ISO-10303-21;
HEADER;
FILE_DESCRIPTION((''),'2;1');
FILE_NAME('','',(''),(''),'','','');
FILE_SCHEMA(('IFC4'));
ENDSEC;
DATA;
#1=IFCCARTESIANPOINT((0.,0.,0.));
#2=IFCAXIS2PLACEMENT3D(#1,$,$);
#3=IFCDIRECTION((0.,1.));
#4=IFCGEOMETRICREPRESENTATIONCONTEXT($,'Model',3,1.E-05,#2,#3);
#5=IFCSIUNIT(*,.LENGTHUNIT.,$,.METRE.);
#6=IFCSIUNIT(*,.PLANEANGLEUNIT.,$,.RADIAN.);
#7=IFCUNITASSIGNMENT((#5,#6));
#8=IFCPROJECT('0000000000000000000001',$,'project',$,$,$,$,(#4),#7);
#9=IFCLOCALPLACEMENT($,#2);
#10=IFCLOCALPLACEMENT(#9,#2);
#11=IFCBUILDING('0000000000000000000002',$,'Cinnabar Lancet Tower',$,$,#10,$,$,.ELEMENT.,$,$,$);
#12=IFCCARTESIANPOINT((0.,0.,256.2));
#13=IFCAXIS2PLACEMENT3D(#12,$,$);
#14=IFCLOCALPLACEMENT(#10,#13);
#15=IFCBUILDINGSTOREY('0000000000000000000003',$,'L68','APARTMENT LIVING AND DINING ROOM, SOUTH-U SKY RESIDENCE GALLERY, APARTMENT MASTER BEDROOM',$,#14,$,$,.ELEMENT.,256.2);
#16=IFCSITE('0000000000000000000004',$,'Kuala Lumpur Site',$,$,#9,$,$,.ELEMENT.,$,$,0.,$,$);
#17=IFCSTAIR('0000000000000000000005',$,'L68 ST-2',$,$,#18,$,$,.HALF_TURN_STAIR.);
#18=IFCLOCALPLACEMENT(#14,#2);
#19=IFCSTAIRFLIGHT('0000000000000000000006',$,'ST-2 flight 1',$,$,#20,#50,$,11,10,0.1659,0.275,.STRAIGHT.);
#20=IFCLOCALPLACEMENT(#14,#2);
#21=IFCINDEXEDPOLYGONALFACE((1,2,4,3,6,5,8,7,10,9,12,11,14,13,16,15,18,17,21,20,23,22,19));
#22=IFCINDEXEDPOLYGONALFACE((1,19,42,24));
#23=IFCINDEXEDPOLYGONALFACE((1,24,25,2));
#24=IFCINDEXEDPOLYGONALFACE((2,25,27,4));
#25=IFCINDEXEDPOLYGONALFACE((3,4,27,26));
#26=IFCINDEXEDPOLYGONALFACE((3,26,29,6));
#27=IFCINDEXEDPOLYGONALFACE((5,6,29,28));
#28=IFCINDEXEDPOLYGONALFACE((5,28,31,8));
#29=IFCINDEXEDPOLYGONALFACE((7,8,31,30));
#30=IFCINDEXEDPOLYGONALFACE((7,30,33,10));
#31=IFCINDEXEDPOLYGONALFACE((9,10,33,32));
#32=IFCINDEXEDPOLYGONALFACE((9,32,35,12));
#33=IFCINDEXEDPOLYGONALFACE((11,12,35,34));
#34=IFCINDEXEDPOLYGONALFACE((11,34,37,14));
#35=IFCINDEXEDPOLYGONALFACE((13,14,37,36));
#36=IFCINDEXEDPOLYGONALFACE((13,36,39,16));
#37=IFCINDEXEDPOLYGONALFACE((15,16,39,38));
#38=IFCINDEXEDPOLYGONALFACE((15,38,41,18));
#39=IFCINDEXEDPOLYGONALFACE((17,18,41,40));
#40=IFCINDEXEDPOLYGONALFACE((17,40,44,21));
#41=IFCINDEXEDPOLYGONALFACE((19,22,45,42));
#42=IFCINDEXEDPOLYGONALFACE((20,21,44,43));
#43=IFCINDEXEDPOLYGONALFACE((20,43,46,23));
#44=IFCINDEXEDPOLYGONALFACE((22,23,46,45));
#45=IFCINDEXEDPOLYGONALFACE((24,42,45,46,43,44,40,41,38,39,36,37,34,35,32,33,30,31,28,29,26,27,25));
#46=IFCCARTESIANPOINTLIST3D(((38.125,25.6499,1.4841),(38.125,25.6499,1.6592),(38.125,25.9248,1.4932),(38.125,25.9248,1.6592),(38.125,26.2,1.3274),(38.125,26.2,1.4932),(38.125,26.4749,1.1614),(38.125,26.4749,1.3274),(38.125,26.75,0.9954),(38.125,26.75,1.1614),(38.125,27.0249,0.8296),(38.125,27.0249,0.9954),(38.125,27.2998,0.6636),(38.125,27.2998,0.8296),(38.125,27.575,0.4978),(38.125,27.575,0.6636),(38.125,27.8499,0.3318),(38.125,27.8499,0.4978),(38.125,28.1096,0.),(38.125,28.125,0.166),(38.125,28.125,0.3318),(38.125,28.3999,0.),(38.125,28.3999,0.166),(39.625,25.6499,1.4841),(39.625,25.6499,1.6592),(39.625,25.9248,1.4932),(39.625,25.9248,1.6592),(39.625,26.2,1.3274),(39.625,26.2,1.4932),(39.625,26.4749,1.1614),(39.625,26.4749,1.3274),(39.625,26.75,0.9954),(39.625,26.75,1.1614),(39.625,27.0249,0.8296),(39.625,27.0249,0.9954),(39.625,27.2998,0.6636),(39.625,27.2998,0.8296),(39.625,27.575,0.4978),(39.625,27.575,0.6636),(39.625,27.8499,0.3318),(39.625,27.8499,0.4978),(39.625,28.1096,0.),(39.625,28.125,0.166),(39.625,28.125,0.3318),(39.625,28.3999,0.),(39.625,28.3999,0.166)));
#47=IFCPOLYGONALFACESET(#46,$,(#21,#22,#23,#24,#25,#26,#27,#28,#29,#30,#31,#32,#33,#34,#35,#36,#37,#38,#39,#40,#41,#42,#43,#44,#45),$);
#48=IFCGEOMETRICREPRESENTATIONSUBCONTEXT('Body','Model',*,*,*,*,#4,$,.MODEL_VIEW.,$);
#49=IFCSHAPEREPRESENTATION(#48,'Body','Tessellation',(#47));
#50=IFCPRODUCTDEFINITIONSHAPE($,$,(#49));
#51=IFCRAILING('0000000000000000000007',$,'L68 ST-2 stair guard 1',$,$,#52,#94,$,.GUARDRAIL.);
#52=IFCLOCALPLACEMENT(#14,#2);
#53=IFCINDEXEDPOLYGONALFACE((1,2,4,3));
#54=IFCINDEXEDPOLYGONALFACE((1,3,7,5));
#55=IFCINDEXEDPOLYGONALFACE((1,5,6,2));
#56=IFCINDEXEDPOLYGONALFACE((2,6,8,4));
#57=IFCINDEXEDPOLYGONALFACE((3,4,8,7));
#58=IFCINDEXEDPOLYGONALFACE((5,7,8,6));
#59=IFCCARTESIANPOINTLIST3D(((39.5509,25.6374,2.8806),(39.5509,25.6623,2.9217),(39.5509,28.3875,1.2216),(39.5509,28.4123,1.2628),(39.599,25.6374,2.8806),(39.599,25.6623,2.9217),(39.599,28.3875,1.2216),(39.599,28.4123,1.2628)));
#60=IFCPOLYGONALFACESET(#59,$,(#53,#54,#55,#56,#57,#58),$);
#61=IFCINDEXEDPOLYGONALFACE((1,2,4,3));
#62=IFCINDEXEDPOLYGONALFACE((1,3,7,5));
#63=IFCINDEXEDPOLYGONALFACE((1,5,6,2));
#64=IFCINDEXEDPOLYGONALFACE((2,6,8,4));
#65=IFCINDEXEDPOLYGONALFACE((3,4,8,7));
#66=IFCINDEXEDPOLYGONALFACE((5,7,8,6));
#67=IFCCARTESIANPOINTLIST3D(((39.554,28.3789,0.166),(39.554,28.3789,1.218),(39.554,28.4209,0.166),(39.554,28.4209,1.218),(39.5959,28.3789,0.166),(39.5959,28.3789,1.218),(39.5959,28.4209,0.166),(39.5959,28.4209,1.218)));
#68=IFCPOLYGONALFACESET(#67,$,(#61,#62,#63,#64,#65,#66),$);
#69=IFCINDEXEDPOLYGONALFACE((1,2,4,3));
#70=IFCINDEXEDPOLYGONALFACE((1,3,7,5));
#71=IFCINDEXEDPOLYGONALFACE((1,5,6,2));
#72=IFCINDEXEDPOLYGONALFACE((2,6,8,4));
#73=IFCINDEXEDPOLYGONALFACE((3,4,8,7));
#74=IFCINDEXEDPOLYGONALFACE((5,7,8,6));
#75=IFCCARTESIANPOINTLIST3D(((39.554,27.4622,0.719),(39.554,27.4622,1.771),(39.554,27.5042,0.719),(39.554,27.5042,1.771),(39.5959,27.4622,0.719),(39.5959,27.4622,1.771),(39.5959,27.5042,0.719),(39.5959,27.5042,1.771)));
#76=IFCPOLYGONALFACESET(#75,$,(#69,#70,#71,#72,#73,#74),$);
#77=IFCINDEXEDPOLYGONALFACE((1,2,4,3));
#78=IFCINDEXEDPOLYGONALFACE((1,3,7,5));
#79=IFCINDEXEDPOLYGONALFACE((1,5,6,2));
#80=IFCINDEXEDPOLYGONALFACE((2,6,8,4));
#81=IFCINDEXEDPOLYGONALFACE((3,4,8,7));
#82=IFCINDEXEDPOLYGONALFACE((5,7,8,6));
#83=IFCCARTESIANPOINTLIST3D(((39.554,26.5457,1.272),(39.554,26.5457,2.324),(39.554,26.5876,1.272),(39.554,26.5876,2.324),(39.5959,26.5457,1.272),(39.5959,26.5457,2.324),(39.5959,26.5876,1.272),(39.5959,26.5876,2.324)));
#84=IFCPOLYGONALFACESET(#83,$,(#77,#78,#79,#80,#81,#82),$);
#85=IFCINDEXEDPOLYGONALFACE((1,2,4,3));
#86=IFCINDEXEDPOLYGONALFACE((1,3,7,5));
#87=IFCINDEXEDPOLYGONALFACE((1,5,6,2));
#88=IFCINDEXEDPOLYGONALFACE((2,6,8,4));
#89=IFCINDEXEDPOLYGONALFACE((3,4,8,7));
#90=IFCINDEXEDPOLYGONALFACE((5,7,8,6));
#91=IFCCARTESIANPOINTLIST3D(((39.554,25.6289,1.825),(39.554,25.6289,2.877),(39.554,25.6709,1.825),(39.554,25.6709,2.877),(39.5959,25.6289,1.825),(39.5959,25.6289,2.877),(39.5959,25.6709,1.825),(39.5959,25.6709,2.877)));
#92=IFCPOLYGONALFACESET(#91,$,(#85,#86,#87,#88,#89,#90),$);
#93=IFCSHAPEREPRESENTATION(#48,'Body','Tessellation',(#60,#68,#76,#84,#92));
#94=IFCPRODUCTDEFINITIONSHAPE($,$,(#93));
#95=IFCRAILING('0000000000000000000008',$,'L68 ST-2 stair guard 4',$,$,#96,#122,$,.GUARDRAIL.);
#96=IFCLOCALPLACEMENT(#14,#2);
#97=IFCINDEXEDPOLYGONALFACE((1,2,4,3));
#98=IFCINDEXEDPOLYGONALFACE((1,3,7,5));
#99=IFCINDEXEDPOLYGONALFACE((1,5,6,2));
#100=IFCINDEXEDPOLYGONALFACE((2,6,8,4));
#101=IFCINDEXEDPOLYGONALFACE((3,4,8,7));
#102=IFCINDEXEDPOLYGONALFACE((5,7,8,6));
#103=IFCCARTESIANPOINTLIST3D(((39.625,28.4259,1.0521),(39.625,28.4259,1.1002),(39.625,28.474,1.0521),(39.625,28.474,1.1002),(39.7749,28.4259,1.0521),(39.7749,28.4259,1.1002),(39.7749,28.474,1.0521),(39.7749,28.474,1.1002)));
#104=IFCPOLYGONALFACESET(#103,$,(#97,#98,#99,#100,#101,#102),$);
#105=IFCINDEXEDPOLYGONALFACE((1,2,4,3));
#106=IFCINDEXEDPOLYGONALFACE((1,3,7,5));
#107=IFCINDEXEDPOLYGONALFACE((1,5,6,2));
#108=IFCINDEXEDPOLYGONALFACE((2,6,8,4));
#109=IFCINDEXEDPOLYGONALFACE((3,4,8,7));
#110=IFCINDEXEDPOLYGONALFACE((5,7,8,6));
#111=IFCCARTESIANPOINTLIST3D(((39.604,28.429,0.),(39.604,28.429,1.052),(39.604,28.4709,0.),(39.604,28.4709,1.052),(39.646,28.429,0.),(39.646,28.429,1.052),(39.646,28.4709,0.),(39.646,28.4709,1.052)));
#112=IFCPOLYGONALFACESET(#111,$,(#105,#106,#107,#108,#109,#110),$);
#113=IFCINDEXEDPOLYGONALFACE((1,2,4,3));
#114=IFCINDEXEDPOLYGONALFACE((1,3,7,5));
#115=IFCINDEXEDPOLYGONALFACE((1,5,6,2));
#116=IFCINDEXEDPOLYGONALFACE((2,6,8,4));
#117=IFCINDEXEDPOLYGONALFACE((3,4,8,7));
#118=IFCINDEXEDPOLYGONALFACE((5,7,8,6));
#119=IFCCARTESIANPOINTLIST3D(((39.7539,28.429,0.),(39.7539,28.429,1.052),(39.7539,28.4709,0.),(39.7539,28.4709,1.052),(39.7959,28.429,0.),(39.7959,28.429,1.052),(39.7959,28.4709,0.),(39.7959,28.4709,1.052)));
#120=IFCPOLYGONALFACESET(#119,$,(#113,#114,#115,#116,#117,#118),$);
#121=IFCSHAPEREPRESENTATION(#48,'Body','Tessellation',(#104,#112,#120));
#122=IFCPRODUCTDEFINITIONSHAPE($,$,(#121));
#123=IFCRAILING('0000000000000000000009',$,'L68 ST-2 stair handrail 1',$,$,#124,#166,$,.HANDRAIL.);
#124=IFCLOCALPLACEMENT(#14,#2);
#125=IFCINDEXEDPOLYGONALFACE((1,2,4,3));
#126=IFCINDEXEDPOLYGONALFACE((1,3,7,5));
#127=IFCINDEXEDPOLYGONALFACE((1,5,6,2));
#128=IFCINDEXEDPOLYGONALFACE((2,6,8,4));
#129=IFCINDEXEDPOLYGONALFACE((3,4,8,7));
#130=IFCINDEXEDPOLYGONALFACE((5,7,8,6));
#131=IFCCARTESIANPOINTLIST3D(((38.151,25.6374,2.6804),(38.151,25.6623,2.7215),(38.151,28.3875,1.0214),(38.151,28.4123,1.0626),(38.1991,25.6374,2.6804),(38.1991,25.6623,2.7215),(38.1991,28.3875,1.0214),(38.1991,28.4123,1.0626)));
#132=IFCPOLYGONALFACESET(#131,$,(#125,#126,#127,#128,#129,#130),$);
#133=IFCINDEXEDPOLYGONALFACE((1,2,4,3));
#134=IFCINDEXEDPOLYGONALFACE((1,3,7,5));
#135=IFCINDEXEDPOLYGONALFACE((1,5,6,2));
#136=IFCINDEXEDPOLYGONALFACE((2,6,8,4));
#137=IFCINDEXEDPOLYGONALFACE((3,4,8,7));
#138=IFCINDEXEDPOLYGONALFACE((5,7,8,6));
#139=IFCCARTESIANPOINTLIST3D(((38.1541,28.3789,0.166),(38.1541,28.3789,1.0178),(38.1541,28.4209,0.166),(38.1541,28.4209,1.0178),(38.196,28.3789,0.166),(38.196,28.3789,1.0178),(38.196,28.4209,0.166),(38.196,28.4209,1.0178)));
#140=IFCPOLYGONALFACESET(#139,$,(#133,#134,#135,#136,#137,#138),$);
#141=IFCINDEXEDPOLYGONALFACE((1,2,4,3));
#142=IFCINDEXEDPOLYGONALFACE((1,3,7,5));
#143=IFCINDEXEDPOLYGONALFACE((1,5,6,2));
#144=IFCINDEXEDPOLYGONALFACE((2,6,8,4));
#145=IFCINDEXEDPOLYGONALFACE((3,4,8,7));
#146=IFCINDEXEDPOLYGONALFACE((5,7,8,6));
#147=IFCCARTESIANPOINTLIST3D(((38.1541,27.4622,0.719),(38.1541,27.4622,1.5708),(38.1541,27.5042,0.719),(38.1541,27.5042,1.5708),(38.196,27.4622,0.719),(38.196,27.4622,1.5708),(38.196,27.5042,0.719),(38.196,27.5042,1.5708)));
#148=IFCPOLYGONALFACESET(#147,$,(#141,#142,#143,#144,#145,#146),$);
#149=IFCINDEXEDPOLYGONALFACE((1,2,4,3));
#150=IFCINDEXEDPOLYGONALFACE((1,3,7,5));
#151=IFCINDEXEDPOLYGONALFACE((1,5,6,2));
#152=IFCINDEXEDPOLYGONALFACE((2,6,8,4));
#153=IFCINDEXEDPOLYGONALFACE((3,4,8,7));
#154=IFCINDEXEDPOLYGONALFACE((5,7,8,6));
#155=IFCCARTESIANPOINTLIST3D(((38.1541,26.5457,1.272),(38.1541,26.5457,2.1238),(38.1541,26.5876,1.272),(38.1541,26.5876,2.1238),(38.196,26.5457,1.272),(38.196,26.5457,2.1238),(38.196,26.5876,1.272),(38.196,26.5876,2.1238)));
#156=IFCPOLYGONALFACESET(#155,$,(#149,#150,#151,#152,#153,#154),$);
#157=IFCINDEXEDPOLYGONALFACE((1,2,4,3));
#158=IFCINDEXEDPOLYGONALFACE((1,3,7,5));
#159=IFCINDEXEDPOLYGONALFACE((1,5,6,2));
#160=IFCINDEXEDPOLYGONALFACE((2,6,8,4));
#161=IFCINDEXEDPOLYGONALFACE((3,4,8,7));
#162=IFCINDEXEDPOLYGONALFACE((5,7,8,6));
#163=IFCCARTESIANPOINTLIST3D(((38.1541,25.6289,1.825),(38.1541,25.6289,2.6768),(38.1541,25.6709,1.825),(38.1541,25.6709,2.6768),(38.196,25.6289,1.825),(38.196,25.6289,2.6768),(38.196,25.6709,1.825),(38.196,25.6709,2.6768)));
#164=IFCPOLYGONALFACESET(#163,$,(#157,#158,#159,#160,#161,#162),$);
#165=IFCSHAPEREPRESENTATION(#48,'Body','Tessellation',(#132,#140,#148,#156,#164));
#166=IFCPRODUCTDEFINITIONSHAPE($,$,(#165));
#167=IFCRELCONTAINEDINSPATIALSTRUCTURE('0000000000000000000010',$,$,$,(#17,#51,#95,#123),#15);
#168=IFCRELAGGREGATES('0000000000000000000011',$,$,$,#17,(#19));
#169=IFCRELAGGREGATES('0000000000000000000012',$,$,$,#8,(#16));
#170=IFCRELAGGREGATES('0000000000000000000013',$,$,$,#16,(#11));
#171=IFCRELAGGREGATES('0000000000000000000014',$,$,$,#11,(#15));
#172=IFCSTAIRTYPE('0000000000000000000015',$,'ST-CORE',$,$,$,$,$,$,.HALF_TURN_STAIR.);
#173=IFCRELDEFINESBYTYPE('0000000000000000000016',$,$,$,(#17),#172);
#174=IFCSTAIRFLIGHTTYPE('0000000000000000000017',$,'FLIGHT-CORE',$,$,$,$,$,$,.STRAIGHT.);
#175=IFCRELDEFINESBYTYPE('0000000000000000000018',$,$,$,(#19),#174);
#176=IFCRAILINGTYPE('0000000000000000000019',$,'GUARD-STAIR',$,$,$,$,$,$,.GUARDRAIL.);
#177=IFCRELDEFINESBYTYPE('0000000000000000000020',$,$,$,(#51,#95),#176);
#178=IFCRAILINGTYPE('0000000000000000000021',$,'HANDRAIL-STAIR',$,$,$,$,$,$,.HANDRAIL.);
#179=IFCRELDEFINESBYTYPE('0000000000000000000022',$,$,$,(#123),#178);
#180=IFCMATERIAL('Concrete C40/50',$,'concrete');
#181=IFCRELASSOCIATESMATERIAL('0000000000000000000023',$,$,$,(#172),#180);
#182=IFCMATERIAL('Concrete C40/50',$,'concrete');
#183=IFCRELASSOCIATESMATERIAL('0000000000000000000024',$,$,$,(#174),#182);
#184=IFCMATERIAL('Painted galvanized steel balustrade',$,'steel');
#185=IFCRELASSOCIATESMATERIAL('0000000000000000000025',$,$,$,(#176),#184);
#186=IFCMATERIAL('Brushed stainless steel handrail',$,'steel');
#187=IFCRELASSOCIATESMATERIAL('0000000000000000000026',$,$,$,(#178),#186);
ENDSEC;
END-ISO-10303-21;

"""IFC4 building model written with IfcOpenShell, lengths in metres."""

from ifc_helpers import new_model, si_unit, direction, frame, origin, origin_2d, place, context, subcontext, project, spatial, polyline, rectangle, outline, extrude, material, type_object, element, aggregate, save


model = new_model("IFC4")

# Units and contexts
model_context = context("Model", 3, precision=1e-05, world=origin(), true_north=direction((0.0, 1.0)))
body_context = subcontext(model_context, "Body", "Model", "MODEL_VIEW")
ifc_project = project(units=[si_unit("LENGTHUNIT", "METRE"), si_unit("PLANEANGLEUNIT", "RADIAN")], contexts=[model_context])

# Site, building, storey
site_placement = place(None, origin())
site = spatial("IfcSite", under=ifc_project, at=site_placement, Name="Kuala Lumpur Site", CompositionType="ELEMENT", RefElevation=0.0)
building_placement = place(site_placement, origin())
building = spatial("IfcBuilding", under=site, at=building_placement, Name="Cinnabar Lancet Tower", CompositionType="ELEMENT")
storey_placement = place(building_placement, frame((0.0, 0.0, 256.2)))
storey = spatial("IfcBuildingStorey", under=building, at=storey_placement, Name="L68", Description="APARTMENT LIVING AND DINING ROOM, SOUTH-U SKY RESIDENCE GALLERY, APARTMENT MASTER BEDROOM", CompositionType="ELEMENT", Elevation=256.2)

# Stair, stair flight
ifc_material_1 = material(Name="Concrete C40/50", Category="concrete")
stair_type = type_object("IfcStairType", Name="ST-CORE", PredefinedType="HALF_TURN_STAIR", material=ifc_material_1)
stair_placement = place(storey_placement, origin())
stair = element("IfcStair", 1, at=stair_placement, inside=storey, type_object=stair_type, Name="L68 ST-2", PredefinedType="HALF_TURN_STAIR")
ifc_material_2 = material(Name="Concrete C40/50", Category="concrete")
stair_flight_type = type_object("IfcStairFlightType", Name="FLIGHT-CORE", PredefinedType="STRAIGHT", material=ifc_material_2)
stair_flight_placement = place(storey_placement, frame((38.875, 28.3999, 0.0), z_axis=(0.0, 0.0, 1.0), x_axis=(0.0, -1.0, 0.0)))
stair_flight = element("IfcStairFlight", 2, at=stair_flight_placement, type_object=stair_flight_type, Name="ST-2 flight 1", NumberOfRisers=11, NumberOfTreads=10, PredefinedType="STRAIGHT", RiserHeight=0.1659, TreadLength=0.275, context=body_context, shape_type="SweptSolid", body=[
    extrude(outline(polyline([(0.0, 0.0), (0.0, 0.166), (0.2749, 0.166), (0.2749, 0.3318), (0.55, 0.3318), (0.55, 0.4978), (0.825, 0.4978), (0.825, 0.6636), (1.1001, 0.6636), (1.1001, 0.8296), (1.375, 0.8296), (1.375, 0.9954), (1.6499, 0.9954), (1.6499, 1.1614), (1.925, 1.1614), (1.925, 1.3274), (2.2, 1.3274), (2.2, 1.4932), (2.4751, 1.4932), (2.4751, 1.6592), (2.75, 1.6592), (2.75, 1.825), (2.75, 1.4841), (0.2903, 0.0), (0.0, 0.0)])), frame((0.0, 0.75, 0.0), z_axis=(0.0, -1.0, 0.0), x_axis=(1.0, 0.0, 0.0)), (0.0, 0.0, 1.0), 1.5),
])
aggregate(stair, [stair_flight])

# Railings
ifc_material_3 = material(Name="Painted galvanized steel balustrade", Category="steel")
railing_type_1 = type_object("IfcRailingType", Name="GUARD-STAIR", PredefinedType="GUARDRAIL", material=ifc_material_3)
railing_1_placement = place(storey_placement, frame((39.575, 28.3999, 0.166)))
element("IfcRailing", 3, at=railing_1_placement, inside=storey, type_object=railing_type_1, Name="L68 ST-2 stair guard 1", PredefinedType="GUARDRAIL", context=body_context, shape_type="SweptSolid", body=[
    extrude(rectangle(XDim=0.0481, YDim=0.0481, at=origin_2d()), frame((0.0, 0.0, 1.0762), z_axis=(0.0, -0.856263, 0.51654), x_axis=(1.0, 0.0, 0.0)), (0.0, 0.0, 1.0), 3.2117),
    extrude(rectangle(XDim=0.042, YDim=0.042, at=origin_2d()), origin(), (0.0, 0.0, 1.0), 1.052),
    extrude(rectangle(XDim=0.042, YDim=0.042, at=origin_2d()), frame((0.0, -0.9167, 0.553)), (0.0, 0.0, 1.0), 1.052),
    extrude(rectangle(XDim=0.042, YDim=0.042, at=origin_2d()), frame((0.0, -1.8333, 1.106)), (0.0, 0.0, 1.0), 1.052),
    extrude(rectangle(XDim=0.042, YDim=0.042, at=origin_2d()), frame((0.0, -2.75, 1.6589)), (0.0, 0.0, 1.0), 1.052),
])
railing_2_placement = place(storey_placement, frame((39.625, 28.45, 0.0)))
element("IfcRailing", 4, at=railing_2_placement, inside=storey, type_object=railing_type_1, Name="L68 ST-2 stair guard 4", PredefinedType="GUARDRAIL", context=body_context, shape_type="SweptSolid", body=[
    extrude(rectangle(XDim=0.0481, YDim=0.0481, at=origin_2d()), frame((0.0, 0.0, 1.0762), z_axis=(1.0, 0.0, 0.0), x_axis=(0.0, 1.0, 0.0)), (0.0, 0.0, 1.0), 0.1499),
    extrude(rectangle(XDim=0.042, YDim=0.042, at=origin_2d()), origin(), (0.0, 0.0, 1.0), 1.052),
    extrude(rectangle(XDim=0.042, YDim=0.042, at=origin_2d()), frame((0.1499, 0.0, 0.0)), (0.0, 0.0, 1.0), 1.052),
])
ifc_material_4 = material(Name="Brushed stainless steel handrail", Category="steel")
railing_type_2 = type_object("IfcRailingType", Name="HANDRAIL-STAIR", PredefinedType="HANDRAIL", material=ifc_material_4)
railing_3_placement = place(storey_placement, frame((38.175, 28.3999, 0.166)))
element("IfcRailing", 5, at=railing_3_placement, inside=storey, type_object=railing_type_2, Name="L68 ST-2 stair handrail 1", PredefinedType="HANDRAIL", context=body_context, shape_type="SweptSolid", body=[
    extrude(rectangle(XDim=0.0481, YDim=0.0481, at=origin_2d()), frame((0.0, 0.0, 0.876), z_axis=(0.0, -0.856263, 0.51654), x_axis=(1.0, 0.0, 0.0)), (0.0, 0.0, 1.0), 3.2117),
    extrude(rectangle(XDim=0.042, YDim=0.042, at=origin_2d()), origin(), (0.0, 0.0, 1.0), 0.8518),
    extrude(rectangle(XDim=0.042, YDim=0.042, at=origin_2d()), frame((0.0, -0.9167, 0.553)), (0.0, 0.0, 1.0), 0.8518),
    extrude(rectangle(XDim=0.042, YDim=0.042, at=origin_2d()), frame((0.0, -1.8333, 1.106)), (0.0, 0.0, 1.0), 0.8518),
    extrude(rectangle(XDim=0.042, YDim=0.042, at=origin_2d()), frame((0.0, -2.75, 1.6589)), (0.0, 0.0, 1.0), 0.8518),
])

save(model, "model.ifc")
